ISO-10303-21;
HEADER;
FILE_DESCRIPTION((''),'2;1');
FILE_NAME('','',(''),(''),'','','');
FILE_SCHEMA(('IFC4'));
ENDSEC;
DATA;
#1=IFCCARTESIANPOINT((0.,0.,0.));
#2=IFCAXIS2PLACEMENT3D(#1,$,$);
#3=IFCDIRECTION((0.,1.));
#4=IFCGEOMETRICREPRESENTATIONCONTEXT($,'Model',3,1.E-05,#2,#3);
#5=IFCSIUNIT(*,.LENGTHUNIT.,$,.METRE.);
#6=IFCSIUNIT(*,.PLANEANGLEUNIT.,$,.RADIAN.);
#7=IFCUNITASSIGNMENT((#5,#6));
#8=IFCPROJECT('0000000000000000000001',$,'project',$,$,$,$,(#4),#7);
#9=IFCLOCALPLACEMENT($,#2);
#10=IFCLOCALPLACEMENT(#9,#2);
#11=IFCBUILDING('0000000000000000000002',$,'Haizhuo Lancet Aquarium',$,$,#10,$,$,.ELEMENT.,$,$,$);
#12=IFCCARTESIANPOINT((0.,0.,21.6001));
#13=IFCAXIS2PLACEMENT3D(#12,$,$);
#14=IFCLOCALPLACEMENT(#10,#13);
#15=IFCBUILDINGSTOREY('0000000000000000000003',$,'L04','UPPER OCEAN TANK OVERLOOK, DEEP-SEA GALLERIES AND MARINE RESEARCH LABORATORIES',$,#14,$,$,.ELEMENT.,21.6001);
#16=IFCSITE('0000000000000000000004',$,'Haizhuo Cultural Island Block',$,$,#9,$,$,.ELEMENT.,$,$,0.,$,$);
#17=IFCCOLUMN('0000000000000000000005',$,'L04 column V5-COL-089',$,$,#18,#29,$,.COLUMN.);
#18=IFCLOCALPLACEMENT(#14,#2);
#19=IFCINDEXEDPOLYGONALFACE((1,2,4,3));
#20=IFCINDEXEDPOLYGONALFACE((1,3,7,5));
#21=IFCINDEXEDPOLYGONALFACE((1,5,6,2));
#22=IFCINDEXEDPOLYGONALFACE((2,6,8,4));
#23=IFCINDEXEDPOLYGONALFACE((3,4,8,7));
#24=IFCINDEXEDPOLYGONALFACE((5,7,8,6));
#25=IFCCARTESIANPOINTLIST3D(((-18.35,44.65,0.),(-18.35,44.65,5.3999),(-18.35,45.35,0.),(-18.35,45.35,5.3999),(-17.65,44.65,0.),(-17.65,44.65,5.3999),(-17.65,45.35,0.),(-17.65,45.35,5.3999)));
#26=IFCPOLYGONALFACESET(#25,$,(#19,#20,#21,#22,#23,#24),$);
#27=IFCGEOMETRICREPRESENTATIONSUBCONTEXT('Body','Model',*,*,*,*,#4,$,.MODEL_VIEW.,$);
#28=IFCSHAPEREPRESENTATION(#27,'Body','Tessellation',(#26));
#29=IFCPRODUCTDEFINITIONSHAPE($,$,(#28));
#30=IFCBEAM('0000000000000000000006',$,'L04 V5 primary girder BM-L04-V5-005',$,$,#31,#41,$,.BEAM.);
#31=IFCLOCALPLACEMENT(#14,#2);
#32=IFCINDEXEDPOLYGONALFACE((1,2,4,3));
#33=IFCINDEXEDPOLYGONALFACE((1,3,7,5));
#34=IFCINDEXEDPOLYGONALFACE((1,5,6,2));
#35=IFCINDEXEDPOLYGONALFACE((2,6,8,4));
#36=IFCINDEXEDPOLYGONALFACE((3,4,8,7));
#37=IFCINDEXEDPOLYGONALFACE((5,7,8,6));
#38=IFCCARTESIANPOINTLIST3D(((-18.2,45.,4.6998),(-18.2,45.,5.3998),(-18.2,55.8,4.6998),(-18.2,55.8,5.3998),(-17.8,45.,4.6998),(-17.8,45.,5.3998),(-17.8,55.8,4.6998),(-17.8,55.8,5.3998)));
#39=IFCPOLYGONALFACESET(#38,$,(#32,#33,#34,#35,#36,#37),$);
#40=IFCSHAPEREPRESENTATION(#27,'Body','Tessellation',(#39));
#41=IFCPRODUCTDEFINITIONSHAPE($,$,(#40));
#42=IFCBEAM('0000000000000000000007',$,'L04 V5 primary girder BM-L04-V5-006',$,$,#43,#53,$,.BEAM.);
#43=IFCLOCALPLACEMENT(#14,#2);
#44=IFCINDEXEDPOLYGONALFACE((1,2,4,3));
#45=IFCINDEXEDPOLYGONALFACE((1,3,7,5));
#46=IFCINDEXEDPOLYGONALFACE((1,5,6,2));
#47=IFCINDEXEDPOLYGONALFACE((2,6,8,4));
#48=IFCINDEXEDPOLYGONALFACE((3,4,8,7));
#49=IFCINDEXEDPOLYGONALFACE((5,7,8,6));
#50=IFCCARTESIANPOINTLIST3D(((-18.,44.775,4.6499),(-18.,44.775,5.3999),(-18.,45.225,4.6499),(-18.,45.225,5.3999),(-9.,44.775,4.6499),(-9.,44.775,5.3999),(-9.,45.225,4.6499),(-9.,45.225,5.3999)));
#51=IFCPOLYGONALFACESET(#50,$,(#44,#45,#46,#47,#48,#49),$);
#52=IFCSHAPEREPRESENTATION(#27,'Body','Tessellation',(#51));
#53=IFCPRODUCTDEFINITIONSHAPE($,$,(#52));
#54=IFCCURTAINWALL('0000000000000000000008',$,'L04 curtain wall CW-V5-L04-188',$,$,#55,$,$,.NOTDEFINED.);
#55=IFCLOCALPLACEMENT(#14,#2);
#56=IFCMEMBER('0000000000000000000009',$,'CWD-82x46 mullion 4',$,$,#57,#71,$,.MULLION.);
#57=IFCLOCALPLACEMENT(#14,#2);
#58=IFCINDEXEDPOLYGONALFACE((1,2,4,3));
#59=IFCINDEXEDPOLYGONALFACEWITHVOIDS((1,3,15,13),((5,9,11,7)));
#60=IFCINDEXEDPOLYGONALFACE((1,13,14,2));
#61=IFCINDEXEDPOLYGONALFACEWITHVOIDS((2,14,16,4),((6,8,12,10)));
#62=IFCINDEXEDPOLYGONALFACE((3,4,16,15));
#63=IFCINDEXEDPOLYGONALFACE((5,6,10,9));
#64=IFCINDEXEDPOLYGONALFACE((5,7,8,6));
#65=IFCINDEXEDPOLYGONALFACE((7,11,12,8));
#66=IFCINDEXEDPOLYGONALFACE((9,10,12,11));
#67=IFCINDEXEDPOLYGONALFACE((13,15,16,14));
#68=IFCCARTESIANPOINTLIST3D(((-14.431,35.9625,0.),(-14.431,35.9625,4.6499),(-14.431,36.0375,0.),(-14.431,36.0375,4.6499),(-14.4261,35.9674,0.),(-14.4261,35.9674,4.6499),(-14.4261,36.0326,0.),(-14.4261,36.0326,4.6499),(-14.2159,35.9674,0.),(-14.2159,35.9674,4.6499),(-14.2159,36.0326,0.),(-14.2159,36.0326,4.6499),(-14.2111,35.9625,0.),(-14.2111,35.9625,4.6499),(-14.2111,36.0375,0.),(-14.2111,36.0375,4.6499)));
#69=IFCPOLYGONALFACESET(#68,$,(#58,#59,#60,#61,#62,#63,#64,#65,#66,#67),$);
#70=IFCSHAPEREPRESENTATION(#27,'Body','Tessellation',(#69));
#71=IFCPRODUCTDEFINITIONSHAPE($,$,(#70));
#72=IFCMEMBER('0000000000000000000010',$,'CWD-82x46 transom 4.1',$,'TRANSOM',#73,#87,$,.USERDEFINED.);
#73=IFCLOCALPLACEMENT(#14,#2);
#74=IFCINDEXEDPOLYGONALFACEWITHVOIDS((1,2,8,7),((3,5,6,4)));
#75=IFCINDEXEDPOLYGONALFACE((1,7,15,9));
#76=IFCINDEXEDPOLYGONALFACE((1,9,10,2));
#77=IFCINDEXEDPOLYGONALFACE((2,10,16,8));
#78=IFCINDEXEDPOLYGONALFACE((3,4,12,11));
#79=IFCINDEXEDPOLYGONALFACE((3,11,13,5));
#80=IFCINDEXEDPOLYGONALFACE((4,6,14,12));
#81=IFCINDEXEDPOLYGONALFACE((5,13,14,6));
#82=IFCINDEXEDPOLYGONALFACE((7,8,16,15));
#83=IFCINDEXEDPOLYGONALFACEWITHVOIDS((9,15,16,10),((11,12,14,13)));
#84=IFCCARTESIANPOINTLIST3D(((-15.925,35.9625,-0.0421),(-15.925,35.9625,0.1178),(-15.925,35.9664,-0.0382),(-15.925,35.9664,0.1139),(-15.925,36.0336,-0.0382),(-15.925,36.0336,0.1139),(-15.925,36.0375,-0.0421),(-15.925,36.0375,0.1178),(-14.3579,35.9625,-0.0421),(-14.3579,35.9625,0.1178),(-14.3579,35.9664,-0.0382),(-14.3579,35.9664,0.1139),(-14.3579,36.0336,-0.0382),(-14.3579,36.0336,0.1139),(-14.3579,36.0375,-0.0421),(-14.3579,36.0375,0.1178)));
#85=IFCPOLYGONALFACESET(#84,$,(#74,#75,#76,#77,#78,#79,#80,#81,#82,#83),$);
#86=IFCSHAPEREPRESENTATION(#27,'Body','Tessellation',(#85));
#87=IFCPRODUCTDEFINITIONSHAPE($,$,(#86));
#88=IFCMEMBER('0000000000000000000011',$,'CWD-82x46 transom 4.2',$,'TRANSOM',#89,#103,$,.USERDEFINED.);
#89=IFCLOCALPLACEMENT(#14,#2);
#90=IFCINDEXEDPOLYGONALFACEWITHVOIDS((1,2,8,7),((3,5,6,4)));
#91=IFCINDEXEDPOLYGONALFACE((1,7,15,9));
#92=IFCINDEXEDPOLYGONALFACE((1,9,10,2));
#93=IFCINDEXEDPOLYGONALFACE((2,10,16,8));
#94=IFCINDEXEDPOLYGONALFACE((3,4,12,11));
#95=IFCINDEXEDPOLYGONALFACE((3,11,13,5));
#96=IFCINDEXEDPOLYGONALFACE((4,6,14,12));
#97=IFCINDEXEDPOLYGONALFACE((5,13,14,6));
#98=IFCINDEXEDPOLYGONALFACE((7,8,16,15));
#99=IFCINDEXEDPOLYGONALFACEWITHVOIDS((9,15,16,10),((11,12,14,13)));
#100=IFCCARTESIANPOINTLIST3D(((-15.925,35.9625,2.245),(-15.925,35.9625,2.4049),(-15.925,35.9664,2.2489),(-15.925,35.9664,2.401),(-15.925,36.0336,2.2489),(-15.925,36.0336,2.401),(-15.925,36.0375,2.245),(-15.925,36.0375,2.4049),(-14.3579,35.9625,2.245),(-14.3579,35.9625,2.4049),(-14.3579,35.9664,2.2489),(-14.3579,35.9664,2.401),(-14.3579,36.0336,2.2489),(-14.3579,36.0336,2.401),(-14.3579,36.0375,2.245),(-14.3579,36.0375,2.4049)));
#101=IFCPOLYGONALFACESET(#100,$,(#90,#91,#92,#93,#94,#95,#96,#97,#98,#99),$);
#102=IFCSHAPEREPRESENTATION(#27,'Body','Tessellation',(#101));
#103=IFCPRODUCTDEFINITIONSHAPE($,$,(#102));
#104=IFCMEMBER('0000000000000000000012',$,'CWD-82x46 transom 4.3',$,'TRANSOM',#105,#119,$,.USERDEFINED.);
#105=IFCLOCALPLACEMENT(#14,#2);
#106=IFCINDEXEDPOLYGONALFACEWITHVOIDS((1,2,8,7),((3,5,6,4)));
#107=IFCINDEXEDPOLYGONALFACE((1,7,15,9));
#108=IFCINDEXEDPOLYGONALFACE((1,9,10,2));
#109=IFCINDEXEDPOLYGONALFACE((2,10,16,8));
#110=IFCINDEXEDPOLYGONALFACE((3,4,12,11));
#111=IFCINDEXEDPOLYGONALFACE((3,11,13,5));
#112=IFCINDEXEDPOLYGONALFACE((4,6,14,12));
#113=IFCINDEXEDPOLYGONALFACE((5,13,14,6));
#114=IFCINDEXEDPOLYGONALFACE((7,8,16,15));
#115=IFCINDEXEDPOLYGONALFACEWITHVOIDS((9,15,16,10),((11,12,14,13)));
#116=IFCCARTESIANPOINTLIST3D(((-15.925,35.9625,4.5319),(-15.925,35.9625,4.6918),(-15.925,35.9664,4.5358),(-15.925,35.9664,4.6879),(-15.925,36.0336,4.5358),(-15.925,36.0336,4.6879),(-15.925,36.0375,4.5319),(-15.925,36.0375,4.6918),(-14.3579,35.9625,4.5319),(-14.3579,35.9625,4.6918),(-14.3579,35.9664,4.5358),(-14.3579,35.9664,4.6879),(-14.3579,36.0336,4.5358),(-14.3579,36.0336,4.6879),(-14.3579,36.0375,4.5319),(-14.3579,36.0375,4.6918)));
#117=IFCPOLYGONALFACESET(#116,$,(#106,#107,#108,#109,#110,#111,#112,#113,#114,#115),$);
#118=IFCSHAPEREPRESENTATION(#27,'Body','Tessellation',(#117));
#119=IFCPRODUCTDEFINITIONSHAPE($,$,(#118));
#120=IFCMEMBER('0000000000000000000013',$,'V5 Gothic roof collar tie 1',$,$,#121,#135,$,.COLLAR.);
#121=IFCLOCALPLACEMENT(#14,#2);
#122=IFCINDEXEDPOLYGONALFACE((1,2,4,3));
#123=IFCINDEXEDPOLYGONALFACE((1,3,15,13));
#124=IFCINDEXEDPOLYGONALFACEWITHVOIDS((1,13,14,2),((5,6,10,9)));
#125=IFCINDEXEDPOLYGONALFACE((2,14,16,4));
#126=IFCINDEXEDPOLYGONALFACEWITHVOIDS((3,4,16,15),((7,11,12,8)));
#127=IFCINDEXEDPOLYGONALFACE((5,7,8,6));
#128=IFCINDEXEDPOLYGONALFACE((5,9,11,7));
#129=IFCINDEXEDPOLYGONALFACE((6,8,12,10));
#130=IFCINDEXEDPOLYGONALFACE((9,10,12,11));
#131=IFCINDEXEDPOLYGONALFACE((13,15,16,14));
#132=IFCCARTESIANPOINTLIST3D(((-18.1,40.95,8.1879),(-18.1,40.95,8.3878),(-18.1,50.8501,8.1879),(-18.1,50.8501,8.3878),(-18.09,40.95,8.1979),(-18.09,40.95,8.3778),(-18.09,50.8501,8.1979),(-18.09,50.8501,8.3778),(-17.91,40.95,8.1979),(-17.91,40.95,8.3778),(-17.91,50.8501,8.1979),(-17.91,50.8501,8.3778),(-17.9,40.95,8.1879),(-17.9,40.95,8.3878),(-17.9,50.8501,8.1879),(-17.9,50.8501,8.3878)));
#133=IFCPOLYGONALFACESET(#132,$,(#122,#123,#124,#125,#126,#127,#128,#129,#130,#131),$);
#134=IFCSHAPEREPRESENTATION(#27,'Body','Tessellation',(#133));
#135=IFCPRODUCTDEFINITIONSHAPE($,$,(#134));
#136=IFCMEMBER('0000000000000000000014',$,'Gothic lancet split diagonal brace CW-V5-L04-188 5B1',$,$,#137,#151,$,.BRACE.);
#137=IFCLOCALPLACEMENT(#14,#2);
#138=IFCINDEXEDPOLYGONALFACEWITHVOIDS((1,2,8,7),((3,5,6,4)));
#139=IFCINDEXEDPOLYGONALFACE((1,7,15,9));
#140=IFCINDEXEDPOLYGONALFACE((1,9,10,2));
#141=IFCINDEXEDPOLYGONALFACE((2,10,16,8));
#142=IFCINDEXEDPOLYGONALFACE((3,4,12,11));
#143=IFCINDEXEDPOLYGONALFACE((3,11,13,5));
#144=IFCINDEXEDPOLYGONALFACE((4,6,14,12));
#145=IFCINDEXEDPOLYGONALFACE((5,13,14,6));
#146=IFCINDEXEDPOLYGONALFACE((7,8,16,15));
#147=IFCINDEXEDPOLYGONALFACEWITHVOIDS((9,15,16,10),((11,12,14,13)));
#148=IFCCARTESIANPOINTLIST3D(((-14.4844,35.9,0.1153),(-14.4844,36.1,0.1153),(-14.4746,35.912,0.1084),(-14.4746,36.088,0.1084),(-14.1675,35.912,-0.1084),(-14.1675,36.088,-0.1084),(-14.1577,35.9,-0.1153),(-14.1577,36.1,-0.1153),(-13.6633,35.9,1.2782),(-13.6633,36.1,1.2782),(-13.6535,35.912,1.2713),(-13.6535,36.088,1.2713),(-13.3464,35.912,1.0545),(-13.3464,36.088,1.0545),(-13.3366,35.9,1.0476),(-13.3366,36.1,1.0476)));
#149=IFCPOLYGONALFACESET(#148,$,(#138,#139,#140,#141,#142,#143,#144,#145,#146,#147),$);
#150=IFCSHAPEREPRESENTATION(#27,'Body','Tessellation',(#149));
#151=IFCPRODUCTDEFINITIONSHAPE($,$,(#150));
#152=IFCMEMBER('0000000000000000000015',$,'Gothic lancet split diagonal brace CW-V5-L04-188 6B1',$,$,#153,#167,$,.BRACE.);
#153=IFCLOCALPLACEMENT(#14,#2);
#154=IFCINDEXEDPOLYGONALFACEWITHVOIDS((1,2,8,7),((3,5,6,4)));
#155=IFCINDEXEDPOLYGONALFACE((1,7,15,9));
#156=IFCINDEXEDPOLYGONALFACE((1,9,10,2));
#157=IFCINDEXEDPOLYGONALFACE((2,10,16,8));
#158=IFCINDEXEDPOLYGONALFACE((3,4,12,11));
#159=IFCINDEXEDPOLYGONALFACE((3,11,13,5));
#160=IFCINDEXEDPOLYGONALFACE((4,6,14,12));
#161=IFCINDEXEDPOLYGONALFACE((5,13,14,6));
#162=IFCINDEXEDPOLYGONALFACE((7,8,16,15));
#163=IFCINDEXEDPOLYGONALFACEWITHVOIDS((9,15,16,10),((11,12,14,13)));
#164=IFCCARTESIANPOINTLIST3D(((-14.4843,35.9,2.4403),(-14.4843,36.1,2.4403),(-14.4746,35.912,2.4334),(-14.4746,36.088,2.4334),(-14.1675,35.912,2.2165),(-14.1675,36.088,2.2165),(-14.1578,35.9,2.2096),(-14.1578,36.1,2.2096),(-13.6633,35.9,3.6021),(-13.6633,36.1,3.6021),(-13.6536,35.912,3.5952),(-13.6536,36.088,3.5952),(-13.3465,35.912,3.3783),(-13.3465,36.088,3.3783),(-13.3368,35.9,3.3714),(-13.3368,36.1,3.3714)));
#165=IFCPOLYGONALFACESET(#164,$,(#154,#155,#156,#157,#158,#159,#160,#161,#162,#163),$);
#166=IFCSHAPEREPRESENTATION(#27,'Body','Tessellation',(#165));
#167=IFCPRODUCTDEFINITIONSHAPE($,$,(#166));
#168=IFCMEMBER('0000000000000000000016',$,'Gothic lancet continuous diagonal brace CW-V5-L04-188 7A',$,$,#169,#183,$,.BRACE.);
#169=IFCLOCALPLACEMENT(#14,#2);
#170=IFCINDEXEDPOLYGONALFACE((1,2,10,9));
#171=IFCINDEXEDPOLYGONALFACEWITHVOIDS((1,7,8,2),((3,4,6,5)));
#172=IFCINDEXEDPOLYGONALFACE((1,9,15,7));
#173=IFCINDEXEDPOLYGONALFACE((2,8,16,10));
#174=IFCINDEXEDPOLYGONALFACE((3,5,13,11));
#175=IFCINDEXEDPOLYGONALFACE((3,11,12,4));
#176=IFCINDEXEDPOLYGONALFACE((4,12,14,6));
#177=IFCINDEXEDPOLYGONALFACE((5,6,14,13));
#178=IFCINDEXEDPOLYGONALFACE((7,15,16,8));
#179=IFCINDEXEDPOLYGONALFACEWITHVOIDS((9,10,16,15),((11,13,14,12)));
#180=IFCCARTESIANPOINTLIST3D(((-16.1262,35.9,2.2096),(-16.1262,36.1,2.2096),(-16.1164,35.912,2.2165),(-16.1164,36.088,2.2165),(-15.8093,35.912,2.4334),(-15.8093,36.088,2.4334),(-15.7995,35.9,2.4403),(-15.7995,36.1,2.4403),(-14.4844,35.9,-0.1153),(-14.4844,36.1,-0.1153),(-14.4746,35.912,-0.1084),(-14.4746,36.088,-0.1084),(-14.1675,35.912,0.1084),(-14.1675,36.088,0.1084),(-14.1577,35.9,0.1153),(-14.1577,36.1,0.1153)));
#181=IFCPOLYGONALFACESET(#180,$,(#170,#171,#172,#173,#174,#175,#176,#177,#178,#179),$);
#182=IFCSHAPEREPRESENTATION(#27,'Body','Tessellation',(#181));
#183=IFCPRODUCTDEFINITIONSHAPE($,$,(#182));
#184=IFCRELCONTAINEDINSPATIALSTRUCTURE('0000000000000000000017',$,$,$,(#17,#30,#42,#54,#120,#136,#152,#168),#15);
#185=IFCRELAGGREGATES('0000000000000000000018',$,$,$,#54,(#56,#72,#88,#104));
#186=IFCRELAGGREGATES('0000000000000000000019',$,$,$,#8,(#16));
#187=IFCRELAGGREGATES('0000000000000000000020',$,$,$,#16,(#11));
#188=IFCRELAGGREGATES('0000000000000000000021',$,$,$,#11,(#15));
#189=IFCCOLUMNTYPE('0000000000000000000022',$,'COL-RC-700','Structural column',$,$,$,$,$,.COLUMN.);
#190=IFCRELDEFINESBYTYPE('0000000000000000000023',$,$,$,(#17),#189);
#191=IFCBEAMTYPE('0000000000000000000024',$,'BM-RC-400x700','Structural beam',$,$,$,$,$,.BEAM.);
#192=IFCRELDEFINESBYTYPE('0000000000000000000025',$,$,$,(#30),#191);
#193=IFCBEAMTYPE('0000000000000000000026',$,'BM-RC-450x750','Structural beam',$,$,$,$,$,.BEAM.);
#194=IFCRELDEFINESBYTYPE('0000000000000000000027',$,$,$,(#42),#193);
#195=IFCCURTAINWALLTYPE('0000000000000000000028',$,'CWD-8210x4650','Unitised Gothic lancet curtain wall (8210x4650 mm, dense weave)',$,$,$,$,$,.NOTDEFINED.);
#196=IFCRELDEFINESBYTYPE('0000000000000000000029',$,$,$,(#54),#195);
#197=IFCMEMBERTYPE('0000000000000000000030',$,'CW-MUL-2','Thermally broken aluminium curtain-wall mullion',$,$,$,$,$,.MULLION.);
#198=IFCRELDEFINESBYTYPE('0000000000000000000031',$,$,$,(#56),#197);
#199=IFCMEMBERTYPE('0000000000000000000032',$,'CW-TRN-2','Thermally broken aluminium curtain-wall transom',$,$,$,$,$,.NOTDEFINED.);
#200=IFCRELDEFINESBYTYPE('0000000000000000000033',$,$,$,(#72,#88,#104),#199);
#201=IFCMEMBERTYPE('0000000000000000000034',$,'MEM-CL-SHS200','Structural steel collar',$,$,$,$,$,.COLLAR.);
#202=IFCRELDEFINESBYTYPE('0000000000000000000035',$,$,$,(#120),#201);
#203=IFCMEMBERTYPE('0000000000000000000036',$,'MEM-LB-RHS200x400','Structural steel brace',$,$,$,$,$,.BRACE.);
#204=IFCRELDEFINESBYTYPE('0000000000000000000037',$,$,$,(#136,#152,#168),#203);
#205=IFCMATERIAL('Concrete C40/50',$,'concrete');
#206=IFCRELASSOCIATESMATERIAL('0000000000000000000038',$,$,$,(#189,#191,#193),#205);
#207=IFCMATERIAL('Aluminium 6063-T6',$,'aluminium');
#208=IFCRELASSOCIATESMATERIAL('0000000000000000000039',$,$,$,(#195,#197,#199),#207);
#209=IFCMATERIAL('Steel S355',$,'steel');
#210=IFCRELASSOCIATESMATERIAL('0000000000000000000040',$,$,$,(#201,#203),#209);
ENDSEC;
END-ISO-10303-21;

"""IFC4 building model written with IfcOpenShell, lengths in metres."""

from ifc_helpers import new_model, si_unit, direction, frame, origin, origin_2d, place, context, subcontext, project, spatial, rectangle, hollow_rectangle, extrude, material, material_profile, profile_set, type_object, element, aggregate, save


model = new_model("IFC4")

# Units and contexts
model_context = context("Model", 3, precision=1e-05, world=origin(), true_north=direction((0.0, 1.0)))
body_context = subcontext(model_context, "Body", "Model", "MODEL_VIEW")
ifc_project = project(units=[si_unit("LENGTHUNIT", "METRE"), si_unit("PLANEANGLEUNIT", "RADIAN")], contexts=[model_context])

# Site, building, storey
site_placement = place(None, origin())
site = spatial("IfcSite", under=ifc_project, at=site_placement, Name="Haizhuo Cultural Island Block", CompositionType="ELEMENT", RefElevation=0.0)
building_placement = place(site_placement, origin())
building = spatial("IfcBuilding", under=site, at=building_placement, Name="Haizhuo Lancet Aquarium", CompositionType="ELEMENT")
storey_placement = place(building_placement, frame((0.0, 0.0, 21.6001)))
storey = spatial("IfcBuildingStorey", under=building, at=storey_placement, Name="L04", Description="UPPER OCEAN TANK OVERLOOK, DEEP-SEA GALLERIES AND MARINE RESEARCH LABORATORIES", CompositionType="ELEMENT", Elevation=21.6001)

# Column
ifc_material_1 = material(Name="Concrete C40/50", Category="concrete")
ifc_material_profile_1 = material_profile(ifc_material_1, rectangle(XDim=0.7, YDim=0.7, at=origin_2d()), Name="RC-COL 700x700")
ifc_profile_set_1 = profile_set([ifc_material_profile_1], Name="Concrete C40/50")
column_type = type_object("IfcColumnType", Name="COL-RC-700", Description="Structural column", PredefinedType="COLUMN", material=ifc_profile_set_1)
column_placement = place(storey_placement, frame((-18.0, 45.0, 0.0), z_axis=(0.0, 0.0, 1.0), x_axis=(1.0, 0.0, 0.0)))
element("IfcColumn", 1, at=column_placement, inside=storey, type_object=column_type, Name="L04 column V5-COL-089", PredefinedType="COLUMN", context=body_context, shape_type="SweptSolid", body=[
    extrude(rectangle(XDim=0.7, YDim=0.7, at=origin_2d()), origin(), (0.0, 0.0, 1.0), 5.3999),
])

# Beams
ifc_material_profile_2 = material_profile(ifc_material_1, rectangle(XDim=0.3999, YDim=0.7, at=origin_2d()), Name="RC-BM 400x700")
ifc_profile_set_2 = profile_set([ifc_material_profile_2], Name="Concrete C40/50")
beam_type_1 = type_object("IfcBeamType", Name="BM-RC-400x700", Description="Structural beam", PredefinedType="BEAM", material=ifc_profile_set_2)
beam_1_placement = place(storey_placement, frame((-18.0, 45.0, 5.0498), z_axis=(0.0, 1.0, 0.0), x_axis=(-1.0, 0.0, 0.0)))
element("IfcBeam", 2, at=beam_1_placement, inside=storey, type_object=beam_type_1, Name="L04 V5 primary girder BM-L04-V5-005", PredefinedType="BEAM", context=body_context, shape_type="SweptSolid", body=[
    extrude(rectangle(XDim=0.3999, YDim=0.7, at=origin_2d()), origin(), (0.0, 0.0, 1.0), 10.8),
])
ifc_material_profile_3 = material_profile(ifc_material_1, rectangle(XDim=0.45, YDim=0.75, at=origin_2d()), Name="RC-BM 450x750")
ifc_profile_set_3 = profile_set([ifc_material_profile_3], Name="Concrete C40/50")
beam_type_2 = type_object("IfcBeamType", Name="BM-RC-450x750", Description="Structural beam", PredefinedType="BEAM", material=ifc_profile_set_3)
beam_2_placement = place(storey_placement, frame((-18.0, 45.0, 5.0249), z_axis=(1.0, 0.0, 0.0), x_axis=(0.0, 1.0, 0.0)))
element("IfcBeam", 3, at=beam_2_placement, inside=storey, type_object=beam_type_2, Name="L04 V5 primary girder BM-L04-V5-006", PredefinedType="BEAM", context=body_context, shape_type="SweptSolid", body=[
    extrude(rectangle(XDim=0.45, YDim=0.75, at=origin_2d()), origin(), (0.0, 0.0, 1.0), 9.0),
])

# Curtain wall, members
ifc_material_2 = material(Name="Aluminium 6063-T6", Category="aluminium")
curtain_wall_type = type_object("IfcCurtainWallType", Name="CWD-8210x4650", Description="Unitised Gothic lancet curtain wall (8210x4650 mm, dense weave)", PredefinedType="NOTDEFINED", material=ifc_material_2)
curtain_wall_placement = place(storey_placement, origin())
curtain_wall = element("IfcCurtainWall", 4, at=curtain_wall_placement, inside=storey, type_object=curtain_wall_type, Name="L04 curtain wall CW-V5-L04-188", PredefinedType="NOTDEFINED")
ifc_material_profile_4 = material_profile(ifc_material_2, hollow_rectangle(XDim=0.075, YDim=0.22, WallThickness=0.0049, at=origin_2d()), Name="ALU-M 75x220x5")
ifc_profile_set_4 = profile_set([ifc_material_profile_4], Name="Aluminium 6063-T6")
member_type_1 = type_object("IfcMemberType", Name="CW-MUL-2", Description="Thermally broken aluminium curtain-wall mullion", PredefinedType="MULLION", material=ifc_profile_set_4)
member_1_placement = place(storey_placement, frame((-14.321, 36.0, 0.0), z_axis=(0.0, 0.0, 1.0), x_axis=(0.0, -1.0, 0.0)))
member_1 = element("IfcMember", 5, at=member_1_placement, type_object=member_type_1, Name="CWD-82x46 mullion 4", PredefinedType="MULLION", context=body_context, shape_type="SweptSolid", body=[
    extrude(hollow_rectangle(XDim=0.075, YDim=0.22, WallThickness=0.0049, at=origin_2d()), origin(), (0.0, 0.0, 1.0), 4.6499),
])
ifc_material_profile_5 = material_profile(ifc_material_2, hollow_rectangle(XDim=0.075, YDim=0.1599, WallThickness=0.0039, at=origin_2d()), Name="ALU-T 75x160x4")
ifc_profile_set_5 = profile_set([ifc_material_profile_5], Name="Aluminium 6063-T6")
member_type_2 = type_object("IfcMemberType", Name="CW-TRN-2", Description="Thermally broken aluminium curtain-wall transom", PredefinedType="NOTDEFINED", material=ifc_profile_set_5)
member_2_placement = place(storey_placement, frame((-14.3579, 36.0, 0.0378), z_axis=(-1.0, 0.0, 0.0), x_axis=(0.0, -1.0, 0.0)))
member_2 = element("IfcMember", 6, at=member_2_placement, type_object=member_type_2, Name="CWD-82x46 transom 4.1", ObjectType="TRANSOM", PredefinedType="USERDEFINED", context=body_context, shape_type="SweptSolid", body=[
    extrude(hollow_rectangle(XDim=0.075, YDim=0.1599, WallThickness=0.0039, at=origin_2d()), origin(), (0.0, 0.0, 1.0), 1.5671),
])
member_3_placement = place(storey_placement, frame((-14.3579, 36.0, 2.325), z_axis=(-1.0, 0.0, 0.0), x_axis=(0.0, -1.0, 0.0)))
member_3 = element("IfcMember", 7, at=member_3_placement, type_object=member_type_2, Name="CWD-82x46 transom 4.2", ObjectType="TRANSOM", PredefinedType="USERDEFINED", context=body_context, shape_type="SweptSolid", body=[
    extrude(hollow_rectangle(XDim=0.075, YDim=0.1599, WallThickness=0.0039, at=origin_2d()), origin(), (0.0, 0.0, 1.0), 1.5671),
])
member_4_placement = place(storey_placement, frame((-14.3579, 36.0, 4.6118), z_axis=(-1.0, 0.0, 0.0), x_axis=(0.0, -1.0, 0.0)))
member_4 = element("IfcMember", 8, at=member_4_placement, type_object=member_type_2, Name="CWD-82x46 transom 4.3", ObjectType="TRANSOM", PredefinedType="USERDEFINED", context=body_context, shape_type="SweptSolid", body=[
    extrude(hollow_rectangle(XDim=0.075, YDim=0.1599, WallThickness=0.0039, at=origin_2d()), origin(), (0.0, 0.0, 1.0), 1.5671),
])

# Members
ifc_material_3 = material(Name="Steel S355", Category="steel")
ifc_material_profile_6 = material_profile(ifc_material_3, hollow_rectangle(XDim=0.2, YDim=0.2, WallThickness=0.01, at=origin_2d()), Name="SHS 200x200x10")
ifc_profile_set_6 = profile_set([ifc_material_profile_6], Name="Steel S355")
member_type_3 = type_object("IfcMemberType", Name="MEM-CL-SHS200", Description="Structural steel collar", PredefinedType="COLLAR", material=ifc_profile_set_6)
member_5_placement = place(storey_placement, frame((-18.0, 40.95, 8.2878), z_axis=(0.0, 1.0, 0.0), x_axis=(-1.0, 0.0, 0.0)))
element("IfcMember", 9, at=member_5_placement, inside=storey, type_object=member_type_3, Name="V5 Gothic roof collar tie 1", PredefinedType="COLLAR", context=body_context, shape_type="SweptSolid", body=[
    extrude(hollow_rectangle(XDim=0.2, YDim=0.2, WallThickness=0.01, at=origin_2d()), origin(), (0.0, 0.0, 1.0), 9.9001),
])
ifc_material_profile_7 = material_profile(ifc_material_3, hollow_rectangle(XDim=0.2, YDim=0.3999, WallThickness=0.012, at=origin_2d()), Name="RHS 200x400x12")
ifc_profile_set_7 = profile_set([ifc_material_profile_7], Name="Steel S355")
member_type_4 = type_object("IfcMemberType", Name="MEM-LB-RHS200x400", Description="Structural steel brace", PredefinedType="BRACE", material=ifc_profile_set_7)
member_6_placement = place(storey_placement, frame((-14.321, 36.0, 0.0), z_axis=(0.576784, 0.0, 0.816897), x_axis=(0.0, 1.0, 0.0)))
element("IfcMember", 10, at=member_6_placement, inside=storey, type_object=member_type_4, Name="Gothic lancet split diagonal brace CW-V5-L04-188 5B1", PredefinedType="BRACE", context=body_context, shape_type="SweptSolid", body=[
    extrude(hollow_rectangle(XDim=0.2, YDim=0.3999, WallThickness=0.012, at=origin_2d()), origin(), (0.0, 0.0, 1.0), 1.4236),
])
member_7_placement = place(storey_placement, frame((-14.321, 36.0, 2.325), z_axis=(0.577108, 0.0, 0.816668), x_axis=(0.0, 1.0, 0.0)))
element("IfcMember", 11, at=member_7_placement, inside=storey, type_object=member_type_4, Name="Gothic lancet split diagonal brace CW-V5-L04-188 6B1", PredefinedType="BRACE", context=body_context, shape_type="SweptSolid", body=[
    extrude(hollow_rectangle(XDim=0.2, YDim=0.3999, WallThickness=0.012, at=origin_2d()), origin(), (0.0, 0.0, 1.0), 1.4226),
])
member_8_placement = place(storey_placement, frame((-14.321, 36.0, 0.0), z_axis=(-0.576848, 0.0, 0.816851), x_axis=(0.0, -1.0, 0.0)))
element("IfcMember", 12, at=member_8_placement, inside=storey, type_object=member_type_4, Name="Gothic lancet continuous diagonal brace CW-V5-L04-188 7A", PredefinedType="BRACE", context=body_context, shape_type="SweptSolid", body=[
    extrude(hollow_rectangle(XDim=0.2, YDim=0.3999, WallThickness=0.012, at=origin_2d()), origin(), (0.0, 0.0, 1.0), 2.8462),
])

aggregate(curtain_wall, [member_1, member_2, member_3, member_4])

save(model, "model.ifc")
